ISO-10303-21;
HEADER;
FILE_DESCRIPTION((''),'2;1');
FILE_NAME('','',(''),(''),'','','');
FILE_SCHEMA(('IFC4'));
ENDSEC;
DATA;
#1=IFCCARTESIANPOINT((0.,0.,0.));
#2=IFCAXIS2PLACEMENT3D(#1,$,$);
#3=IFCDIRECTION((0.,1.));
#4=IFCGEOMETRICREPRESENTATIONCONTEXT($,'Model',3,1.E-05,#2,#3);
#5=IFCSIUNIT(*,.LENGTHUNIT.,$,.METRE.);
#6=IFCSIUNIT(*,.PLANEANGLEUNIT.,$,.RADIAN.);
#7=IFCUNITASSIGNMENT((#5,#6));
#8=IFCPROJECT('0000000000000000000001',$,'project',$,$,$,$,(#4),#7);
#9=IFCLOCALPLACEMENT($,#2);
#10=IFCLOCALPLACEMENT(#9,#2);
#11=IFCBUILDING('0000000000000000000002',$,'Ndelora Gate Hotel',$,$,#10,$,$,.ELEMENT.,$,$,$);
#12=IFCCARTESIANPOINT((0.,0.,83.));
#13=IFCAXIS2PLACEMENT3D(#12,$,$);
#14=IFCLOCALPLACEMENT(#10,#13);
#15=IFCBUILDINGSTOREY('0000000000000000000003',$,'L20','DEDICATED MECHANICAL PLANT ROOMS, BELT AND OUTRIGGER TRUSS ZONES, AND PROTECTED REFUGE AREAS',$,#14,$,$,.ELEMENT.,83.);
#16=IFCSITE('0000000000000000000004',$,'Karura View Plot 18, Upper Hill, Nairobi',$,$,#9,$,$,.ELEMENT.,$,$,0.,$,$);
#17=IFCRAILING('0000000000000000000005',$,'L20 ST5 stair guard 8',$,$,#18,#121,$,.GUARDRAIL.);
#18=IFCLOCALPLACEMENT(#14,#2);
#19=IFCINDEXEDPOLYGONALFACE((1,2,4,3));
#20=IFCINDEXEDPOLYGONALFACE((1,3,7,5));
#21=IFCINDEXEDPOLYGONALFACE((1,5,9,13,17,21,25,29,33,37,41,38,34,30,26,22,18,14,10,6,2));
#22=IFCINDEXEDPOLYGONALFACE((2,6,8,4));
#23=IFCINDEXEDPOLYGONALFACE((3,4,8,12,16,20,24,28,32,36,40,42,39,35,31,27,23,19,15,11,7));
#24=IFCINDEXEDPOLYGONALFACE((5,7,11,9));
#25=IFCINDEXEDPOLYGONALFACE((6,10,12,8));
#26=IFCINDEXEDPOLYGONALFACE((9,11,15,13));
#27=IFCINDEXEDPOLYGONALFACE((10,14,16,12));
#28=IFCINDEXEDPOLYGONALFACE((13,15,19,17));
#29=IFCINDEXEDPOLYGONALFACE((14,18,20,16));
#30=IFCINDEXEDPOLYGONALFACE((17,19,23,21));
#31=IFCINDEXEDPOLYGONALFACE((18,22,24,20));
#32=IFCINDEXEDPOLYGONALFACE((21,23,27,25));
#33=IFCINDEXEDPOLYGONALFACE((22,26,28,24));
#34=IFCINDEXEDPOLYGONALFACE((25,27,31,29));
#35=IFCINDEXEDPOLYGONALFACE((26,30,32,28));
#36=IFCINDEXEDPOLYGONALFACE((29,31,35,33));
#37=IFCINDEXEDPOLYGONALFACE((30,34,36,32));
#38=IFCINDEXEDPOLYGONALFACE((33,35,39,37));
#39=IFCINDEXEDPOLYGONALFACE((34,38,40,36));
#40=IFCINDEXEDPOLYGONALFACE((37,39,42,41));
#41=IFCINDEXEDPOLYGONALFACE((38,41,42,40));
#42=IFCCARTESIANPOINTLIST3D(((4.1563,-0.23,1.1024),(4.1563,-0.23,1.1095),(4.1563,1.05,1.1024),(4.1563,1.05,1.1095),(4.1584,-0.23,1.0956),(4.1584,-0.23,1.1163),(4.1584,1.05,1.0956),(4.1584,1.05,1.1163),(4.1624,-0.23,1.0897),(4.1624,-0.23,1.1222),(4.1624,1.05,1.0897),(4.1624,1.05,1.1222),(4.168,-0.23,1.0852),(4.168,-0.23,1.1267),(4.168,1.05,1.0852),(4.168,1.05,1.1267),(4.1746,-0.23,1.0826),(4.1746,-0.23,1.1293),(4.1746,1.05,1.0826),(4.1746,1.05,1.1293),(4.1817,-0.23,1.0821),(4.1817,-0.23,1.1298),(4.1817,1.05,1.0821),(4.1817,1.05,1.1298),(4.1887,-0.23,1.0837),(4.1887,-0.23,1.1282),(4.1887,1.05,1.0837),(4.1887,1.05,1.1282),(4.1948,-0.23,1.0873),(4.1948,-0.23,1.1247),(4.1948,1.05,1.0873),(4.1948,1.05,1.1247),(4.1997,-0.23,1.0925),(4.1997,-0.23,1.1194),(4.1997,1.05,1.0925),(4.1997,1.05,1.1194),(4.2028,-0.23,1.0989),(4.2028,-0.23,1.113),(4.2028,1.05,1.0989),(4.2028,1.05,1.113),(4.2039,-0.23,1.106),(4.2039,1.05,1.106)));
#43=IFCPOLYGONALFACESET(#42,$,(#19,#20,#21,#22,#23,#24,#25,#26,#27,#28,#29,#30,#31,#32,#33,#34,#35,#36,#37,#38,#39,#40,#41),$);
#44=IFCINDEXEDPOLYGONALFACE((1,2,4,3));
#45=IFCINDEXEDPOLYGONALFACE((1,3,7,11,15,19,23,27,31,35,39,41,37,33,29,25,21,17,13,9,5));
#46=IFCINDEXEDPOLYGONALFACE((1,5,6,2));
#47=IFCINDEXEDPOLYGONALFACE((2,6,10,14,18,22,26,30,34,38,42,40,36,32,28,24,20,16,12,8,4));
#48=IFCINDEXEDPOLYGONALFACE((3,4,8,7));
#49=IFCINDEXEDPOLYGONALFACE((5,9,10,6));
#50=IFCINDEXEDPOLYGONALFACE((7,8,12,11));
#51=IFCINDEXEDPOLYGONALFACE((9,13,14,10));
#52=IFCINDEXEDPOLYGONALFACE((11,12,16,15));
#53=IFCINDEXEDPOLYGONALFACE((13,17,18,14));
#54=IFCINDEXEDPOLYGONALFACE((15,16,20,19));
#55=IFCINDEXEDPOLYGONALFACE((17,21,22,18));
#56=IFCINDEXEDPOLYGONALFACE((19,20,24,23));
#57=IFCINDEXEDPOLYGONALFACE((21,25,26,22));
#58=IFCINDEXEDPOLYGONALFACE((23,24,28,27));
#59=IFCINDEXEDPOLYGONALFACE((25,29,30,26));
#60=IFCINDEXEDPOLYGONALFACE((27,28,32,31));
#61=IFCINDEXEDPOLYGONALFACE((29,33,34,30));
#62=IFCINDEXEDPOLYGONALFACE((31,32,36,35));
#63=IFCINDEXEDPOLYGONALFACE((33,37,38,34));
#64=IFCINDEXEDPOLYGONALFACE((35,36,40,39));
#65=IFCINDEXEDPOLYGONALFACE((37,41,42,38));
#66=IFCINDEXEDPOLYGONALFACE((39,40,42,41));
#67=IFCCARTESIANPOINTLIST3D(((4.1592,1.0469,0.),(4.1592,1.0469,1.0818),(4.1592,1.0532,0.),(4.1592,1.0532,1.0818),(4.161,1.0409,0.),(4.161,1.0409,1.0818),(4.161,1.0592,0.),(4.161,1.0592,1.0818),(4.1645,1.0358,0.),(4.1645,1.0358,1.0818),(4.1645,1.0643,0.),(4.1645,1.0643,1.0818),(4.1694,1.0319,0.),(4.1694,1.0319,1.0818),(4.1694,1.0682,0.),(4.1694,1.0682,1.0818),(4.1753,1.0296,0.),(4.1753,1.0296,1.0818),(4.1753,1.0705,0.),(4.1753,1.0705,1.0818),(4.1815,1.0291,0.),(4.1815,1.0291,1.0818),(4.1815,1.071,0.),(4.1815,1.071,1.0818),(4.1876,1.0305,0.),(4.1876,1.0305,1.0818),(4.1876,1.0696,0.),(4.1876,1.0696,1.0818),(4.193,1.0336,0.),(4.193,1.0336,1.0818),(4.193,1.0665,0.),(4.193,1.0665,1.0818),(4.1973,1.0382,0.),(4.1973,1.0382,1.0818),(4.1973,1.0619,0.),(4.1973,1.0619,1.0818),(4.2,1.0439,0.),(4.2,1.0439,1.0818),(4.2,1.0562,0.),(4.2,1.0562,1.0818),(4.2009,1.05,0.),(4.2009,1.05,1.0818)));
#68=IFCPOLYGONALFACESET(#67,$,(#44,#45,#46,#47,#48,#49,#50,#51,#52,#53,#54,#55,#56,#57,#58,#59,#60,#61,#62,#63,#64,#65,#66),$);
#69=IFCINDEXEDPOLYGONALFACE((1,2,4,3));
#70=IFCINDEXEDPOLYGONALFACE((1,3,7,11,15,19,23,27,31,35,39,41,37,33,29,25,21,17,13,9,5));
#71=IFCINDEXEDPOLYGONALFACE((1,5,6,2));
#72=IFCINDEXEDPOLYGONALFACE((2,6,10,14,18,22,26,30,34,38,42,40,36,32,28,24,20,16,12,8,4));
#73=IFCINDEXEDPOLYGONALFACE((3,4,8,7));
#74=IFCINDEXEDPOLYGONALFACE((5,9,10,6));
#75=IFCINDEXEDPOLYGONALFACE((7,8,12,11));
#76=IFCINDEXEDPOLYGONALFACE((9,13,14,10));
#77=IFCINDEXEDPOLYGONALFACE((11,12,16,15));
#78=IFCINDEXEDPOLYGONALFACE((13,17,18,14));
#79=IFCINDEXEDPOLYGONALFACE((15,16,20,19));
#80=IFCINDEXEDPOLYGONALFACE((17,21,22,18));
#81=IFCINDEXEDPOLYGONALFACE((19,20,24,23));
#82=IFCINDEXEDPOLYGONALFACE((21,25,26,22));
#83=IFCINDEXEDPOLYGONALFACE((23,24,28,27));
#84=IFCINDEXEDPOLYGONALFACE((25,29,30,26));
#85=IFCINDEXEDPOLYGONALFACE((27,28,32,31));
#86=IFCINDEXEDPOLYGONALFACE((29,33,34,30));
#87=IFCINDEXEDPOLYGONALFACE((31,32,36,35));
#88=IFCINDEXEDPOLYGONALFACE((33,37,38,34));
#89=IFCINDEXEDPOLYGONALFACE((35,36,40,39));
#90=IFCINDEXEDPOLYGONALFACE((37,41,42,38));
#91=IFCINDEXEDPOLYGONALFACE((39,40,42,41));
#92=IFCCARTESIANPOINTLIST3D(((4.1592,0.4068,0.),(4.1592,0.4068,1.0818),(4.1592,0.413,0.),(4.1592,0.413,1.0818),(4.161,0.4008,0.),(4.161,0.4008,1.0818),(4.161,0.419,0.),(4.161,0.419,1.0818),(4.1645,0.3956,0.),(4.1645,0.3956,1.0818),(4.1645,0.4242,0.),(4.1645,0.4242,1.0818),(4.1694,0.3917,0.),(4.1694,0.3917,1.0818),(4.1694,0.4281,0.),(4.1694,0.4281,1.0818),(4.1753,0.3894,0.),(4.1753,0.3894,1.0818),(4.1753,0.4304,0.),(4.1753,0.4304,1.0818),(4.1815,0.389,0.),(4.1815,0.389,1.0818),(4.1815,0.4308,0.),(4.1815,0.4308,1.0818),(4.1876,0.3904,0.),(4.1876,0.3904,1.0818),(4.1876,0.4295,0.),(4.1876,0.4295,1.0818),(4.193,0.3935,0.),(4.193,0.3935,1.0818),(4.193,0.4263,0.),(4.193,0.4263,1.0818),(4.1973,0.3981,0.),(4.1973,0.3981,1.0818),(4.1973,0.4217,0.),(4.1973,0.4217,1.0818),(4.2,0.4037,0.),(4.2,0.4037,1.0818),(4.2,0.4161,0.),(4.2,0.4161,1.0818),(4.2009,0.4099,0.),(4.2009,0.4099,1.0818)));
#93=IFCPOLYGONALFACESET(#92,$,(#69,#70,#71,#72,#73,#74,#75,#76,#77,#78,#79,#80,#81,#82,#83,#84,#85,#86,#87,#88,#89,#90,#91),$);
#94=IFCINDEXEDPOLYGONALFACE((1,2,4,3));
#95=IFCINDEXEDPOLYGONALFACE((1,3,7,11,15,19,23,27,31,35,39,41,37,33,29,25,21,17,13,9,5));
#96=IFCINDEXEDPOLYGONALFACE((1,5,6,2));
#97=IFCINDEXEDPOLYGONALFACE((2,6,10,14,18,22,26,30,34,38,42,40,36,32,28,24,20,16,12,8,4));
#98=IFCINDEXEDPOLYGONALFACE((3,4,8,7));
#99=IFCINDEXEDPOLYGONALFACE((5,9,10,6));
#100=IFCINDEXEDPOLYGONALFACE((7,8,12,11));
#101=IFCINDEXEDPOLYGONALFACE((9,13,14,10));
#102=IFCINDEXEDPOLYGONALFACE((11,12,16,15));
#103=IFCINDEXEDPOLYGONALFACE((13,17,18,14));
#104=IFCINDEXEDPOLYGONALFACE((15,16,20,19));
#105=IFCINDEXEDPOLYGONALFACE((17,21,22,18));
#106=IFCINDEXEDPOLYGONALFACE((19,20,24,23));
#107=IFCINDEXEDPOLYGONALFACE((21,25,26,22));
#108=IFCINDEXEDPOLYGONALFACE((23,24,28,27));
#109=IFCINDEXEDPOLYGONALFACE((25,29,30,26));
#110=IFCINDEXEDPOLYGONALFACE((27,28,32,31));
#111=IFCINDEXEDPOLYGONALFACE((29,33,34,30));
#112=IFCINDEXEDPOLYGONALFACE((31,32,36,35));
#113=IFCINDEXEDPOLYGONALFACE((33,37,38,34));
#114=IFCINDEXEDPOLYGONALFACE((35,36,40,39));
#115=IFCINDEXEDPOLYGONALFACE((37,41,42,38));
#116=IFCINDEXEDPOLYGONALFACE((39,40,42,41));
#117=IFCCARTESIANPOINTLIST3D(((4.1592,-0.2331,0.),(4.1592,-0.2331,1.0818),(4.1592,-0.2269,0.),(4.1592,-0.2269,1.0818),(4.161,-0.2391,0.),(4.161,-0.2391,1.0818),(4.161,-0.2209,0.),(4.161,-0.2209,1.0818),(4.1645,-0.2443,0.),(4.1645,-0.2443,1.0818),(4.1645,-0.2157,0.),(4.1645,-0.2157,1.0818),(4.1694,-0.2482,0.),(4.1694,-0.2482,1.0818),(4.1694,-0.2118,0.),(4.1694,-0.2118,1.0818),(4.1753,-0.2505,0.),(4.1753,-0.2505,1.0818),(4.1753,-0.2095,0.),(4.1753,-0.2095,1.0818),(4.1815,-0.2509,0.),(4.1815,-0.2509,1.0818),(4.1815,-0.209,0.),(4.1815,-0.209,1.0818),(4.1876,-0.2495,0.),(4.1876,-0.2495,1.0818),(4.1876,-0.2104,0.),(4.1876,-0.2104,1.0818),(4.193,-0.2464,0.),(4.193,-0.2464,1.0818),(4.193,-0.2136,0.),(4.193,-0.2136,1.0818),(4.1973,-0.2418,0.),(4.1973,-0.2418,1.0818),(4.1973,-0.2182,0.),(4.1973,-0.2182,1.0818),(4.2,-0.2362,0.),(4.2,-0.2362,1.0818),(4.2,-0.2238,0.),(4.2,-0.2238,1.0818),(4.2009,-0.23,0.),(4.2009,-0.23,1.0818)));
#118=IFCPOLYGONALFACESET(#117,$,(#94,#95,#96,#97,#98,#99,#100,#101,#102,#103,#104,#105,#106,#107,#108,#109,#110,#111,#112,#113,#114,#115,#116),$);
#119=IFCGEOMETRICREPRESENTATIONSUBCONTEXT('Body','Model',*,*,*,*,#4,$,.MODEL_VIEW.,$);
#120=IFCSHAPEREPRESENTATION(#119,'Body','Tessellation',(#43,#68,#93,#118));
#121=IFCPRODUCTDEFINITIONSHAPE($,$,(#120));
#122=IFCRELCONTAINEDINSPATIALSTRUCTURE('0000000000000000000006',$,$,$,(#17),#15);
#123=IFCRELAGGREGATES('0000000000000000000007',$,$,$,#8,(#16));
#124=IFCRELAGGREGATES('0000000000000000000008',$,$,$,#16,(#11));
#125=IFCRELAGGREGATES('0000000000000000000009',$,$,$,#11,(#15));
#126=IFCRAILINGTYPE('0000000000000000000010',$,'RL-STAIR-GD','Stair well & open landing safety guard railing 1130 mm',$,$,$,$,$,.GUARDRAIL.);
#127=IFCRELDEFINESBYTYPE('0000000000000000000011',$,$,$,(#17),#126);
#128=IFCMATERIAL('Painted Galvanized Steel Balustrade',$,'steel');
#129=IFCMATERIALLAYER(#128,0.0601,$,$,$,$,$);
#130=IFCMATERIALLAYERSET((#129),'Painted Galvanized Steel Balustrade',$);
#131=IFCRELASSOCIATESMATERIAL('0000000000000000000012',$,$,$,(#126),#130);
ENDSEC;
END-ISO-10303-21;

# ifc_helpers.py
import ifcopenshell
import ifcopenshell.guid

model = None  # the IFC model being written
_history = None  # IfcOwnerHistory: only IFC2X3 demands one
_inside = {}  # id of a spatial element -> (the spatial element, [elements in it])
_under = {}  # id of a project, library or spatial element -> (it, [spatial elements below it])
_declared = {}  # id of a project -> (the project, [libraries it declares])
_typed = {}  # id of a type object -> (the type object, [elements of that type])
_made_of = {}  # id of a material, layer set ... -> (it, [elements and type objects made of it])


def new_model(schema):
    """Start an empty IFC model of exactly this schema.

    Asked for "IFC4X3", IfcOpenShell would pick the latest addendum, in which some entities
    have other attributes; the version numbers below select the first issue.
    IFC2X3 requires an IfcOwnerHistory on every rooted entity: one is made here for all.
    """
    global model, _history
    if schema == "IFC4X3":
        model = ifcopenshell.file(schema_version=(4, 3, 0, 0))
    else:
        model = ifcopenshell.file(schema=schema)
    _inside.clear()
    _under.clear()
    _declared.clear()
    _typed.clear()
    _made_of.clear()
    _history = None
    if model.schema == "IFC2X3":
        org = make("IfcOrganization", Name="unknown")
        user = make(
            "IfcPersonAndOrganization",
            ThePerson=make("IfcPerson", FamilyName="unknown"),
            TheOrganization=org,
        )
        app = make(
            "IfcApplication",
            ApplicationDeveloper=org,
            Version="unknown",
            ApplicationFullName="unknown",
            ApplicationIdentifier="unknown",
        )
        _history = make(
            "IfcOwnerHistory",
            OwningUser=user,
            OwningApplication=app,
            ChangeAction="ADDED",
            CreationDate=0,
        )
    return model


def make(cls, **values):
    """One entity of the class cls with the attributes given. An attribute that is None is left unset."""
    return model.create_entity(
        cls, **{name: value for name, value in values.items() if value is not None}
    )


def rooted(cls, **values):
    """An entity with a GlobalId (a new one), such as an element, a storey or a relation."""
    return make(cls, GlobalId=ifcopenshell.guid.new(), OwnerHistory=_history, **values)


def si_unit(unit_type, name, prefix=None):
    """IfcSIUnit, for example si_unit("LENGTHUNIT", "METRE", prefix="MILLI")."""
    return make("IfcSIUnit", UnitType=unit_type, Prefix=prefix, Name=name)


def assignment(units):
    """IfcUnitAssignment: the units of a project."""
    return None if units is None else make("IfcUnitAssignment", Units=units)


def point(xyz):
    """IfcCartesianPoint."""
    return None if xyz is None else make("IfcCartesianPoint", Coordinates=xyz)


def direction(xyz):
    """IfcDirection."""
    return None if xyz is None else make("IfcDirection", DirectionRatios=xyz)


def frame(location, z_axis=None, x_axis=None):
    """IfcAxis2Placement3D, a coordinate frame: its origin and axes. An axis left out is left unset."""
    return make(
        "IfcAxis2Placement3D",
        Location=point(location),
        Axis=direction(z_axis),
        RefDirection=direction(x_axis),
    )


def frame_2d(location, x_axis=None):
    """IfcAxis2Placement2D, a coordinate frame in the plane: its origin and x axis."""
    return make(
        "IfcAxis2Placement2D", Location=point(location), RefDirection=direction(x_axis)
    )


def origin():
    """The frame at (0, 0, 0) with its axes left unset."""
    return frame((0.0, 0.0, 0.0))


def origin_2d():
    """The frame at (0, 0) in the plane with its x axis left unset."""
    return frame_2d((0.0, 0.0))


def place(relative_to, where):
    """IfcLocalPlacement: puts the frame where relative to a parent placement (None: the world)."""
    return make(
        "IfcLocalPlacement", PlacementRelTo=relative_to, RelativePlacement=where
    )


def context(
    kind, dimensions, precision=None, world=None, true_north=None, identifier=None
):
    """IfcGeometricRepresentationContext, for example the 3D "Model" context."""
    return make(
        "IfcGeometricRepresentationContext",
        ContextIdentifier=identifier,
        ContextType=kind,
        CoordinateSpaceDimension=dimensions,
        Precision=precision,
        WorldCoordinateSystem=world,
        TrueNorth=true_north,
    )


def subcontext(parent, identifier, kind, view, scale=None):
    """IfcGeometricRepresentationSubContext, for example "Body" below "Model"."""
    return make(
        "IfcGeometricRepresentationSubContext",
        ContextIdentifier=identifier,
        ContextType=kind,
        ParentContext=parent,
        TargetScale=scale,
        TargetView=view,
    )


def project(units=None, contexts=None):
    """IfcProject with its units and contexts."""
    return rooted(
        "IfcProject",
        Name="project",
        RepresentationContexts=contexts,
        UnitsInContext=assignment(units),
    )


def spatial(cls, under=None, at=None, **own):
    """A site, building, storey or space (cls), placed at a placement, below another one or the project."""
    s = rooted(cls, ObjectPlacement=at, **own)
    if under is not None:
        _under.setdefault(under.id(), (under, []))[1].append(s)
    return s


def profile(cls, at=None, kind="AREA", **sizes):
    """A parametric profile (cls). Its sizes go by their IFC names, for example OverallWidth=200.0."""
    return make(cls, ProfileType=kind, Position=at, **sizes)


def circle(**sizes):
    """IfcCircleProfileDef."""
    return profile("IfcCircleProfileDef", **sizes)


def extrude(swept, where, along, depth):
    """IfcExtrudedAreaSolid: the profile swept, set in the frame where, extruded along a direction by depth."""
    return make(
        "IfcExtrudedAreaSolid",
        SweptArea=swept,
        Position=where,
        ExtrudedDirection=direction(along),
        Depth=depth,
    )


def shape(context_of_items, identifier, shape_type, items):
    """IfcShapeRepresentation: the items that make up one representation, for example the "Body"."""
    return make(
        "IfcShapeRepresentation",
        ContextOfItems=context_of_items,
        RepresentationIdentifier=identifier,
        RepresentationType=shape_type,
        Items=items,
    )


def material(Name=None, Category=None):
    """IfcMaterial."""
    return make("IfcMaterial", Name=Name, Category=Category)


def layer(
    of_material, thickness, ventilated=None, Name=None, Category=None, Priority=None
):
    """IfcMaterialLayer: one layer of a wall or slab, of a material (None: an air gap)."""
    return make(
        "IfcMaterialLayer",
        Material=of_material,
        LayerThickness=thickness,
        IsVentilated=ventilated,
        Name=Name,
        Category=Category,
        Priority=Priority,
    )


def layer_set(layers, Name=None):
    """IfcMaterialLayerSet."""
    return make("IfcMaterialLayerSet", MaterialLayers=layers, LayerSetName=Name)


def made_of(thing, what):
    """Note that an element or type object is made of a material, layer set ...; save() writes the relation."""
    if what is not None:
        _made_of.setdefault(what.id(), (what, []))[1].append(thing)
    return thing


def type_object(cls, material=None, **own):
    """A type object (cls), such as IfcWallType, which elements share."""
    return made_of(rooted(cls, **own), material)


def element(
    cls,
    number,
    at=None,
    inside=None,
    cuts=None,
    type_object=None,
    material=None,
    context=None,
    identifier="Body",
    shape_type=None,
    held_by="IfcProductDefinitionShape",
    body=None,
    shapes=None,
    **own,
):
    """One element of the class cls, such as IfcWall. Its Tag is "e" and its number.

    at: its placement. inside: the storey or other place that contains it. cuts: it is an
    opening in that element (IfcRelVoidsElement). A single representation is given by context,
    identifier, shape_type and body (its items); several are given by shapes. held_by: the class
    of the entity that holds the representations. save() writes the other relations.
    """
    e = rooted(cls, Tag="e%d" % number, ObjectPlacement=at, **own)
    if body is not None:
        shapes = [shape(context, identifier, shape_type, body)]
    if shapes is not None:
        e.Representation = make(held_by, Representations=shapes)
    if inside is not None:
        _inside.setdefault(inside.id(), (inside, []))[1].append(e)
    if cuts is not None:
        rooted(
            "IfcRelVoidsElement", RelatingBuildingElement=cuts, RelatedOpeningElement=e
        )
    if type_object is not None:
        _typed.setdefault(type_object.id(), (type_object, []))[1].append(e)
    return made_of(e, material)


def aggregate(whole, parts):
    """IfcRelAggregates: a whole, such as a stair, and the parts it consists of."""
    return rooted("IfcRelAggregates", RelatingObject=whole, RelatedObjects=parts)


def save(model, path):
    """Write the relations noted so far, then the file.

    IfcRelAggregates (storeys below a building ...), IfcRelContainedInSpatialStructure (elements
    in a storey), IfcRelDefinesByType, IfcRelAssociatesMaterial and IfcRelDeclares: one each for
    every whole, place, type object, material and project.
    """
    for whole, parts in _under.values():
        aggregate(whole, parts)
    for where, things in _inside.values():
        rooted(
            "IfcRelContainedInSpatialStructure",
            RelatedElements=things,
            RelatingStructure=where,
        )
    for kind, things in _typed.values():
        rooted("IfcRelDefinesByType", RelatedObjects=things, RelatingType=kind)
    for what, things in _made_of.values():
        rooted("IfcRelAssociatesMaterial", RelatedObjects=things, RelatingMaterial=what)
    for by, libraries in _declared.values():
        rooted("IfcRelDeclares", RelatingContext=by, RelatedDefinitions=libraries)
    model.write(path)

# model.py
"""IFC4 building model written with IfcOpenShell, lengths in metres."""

from ifc_helpers import new_model, si_unit, direction, frame, origin, origin_2d, place, context, subcontext, project, spatial, circle, extrude, material, layer, layer_set, type_object, element, save


model = new_model("IFC4")

# Units and contexts
model_context = context("Model", 3, precision=1e-05, world=origin(), true_north=direction((0.0, 1.0)))
body_context = subcontext(model_context, "Body", "Model", "MODEL_VIEW")
ifc_project = project(units=[si_unit("LENGTHUNIT", "METRE"), si_unit("PLANEANGLEUNIT", "RADIAN")], contexts=[model_context])

# Site, building, storey
site_placement = place(None, origin())
site = spatial("IfcSite", under=ifc_project, at=site_placement, Name="Karura View Plot 18, Upper Hill, Nairobi", CompositionType="ELEMENT", RefElevation=0.0)
building_placement = place(site_placement, origin())
building = spatial("IfcBuilding", under=site, at=building_placement, Name="Ndelora Gate Hotel", CompositionType="ELEMENT")
storey_placement = place(building_placement, frame((0.0, 0.0, 83.0)))
storey = spatial("IfcBuildingStorey", under=building, at=storey_placement, Name="L20", Description="DEDICATED MECHANICAL PLANT ROOMS, BELT AND OUTRIGGER TRUSS ZONES, AND PROTECTED REFUGE AREAS", CompositionType="ELEMENT", Elevation=83.0)

# Railing
ifc_material_1 = material(Name="Painted Galvanized Steel Balustrade", Category="steel")
ifc_layer_1 = layer(ifc_material_1, 0.0601)
ifc_layer_set_1 = layer_set([ifc_layer_1], Name="Painted Galvanized Steel Balustrade")
railing_type_1 = type_object("IfcRailingType", Name="RL-STAIR-GD", Description="Stair well & open landing safety guard railing 1130 mm", PredefinedType="GUARDRAIL", material=ifc_layer_set_1)
railing_1_placement = place(storey_placement, frame((4.1799, 1.05, 0.0)))
element("IfcRailing", 1, at=railing_1_placement, inside=storey, type_object=railing_type_1, Name="L20 ST5 stair guard 8", PredefinedType="GUARDRAIL", context=body_context, shape_type="SweptSolid", body=[
    extrude(circle(Radius=0.0239, at=origin_2d()), frame((0.0, 0.0, 1.106), z_axis=(0.0, -1.0, 0.0), x_axis=(1.0, 0.0, 0.0)), (0.0, 0.0, 1.0), 1.28),
    extrude(circle(Radius=0.021, at=origin_2d()), origin(), (0.0, 0.0, 1.0), 1.0818),
    extrude(circle(Radius=0.021, at=origin_2d()), frame((0.0, -0.6401, 0.0)), (0.0, 0.0, 1.0), 1.0818),
    extrude(circle(Radius=0.021, at=origin_2d()), frame((0.0, -1.28, 0.0)), (0.0, 0.0, 1.0), 1.0818),
])

save(model, "model.ifc")
